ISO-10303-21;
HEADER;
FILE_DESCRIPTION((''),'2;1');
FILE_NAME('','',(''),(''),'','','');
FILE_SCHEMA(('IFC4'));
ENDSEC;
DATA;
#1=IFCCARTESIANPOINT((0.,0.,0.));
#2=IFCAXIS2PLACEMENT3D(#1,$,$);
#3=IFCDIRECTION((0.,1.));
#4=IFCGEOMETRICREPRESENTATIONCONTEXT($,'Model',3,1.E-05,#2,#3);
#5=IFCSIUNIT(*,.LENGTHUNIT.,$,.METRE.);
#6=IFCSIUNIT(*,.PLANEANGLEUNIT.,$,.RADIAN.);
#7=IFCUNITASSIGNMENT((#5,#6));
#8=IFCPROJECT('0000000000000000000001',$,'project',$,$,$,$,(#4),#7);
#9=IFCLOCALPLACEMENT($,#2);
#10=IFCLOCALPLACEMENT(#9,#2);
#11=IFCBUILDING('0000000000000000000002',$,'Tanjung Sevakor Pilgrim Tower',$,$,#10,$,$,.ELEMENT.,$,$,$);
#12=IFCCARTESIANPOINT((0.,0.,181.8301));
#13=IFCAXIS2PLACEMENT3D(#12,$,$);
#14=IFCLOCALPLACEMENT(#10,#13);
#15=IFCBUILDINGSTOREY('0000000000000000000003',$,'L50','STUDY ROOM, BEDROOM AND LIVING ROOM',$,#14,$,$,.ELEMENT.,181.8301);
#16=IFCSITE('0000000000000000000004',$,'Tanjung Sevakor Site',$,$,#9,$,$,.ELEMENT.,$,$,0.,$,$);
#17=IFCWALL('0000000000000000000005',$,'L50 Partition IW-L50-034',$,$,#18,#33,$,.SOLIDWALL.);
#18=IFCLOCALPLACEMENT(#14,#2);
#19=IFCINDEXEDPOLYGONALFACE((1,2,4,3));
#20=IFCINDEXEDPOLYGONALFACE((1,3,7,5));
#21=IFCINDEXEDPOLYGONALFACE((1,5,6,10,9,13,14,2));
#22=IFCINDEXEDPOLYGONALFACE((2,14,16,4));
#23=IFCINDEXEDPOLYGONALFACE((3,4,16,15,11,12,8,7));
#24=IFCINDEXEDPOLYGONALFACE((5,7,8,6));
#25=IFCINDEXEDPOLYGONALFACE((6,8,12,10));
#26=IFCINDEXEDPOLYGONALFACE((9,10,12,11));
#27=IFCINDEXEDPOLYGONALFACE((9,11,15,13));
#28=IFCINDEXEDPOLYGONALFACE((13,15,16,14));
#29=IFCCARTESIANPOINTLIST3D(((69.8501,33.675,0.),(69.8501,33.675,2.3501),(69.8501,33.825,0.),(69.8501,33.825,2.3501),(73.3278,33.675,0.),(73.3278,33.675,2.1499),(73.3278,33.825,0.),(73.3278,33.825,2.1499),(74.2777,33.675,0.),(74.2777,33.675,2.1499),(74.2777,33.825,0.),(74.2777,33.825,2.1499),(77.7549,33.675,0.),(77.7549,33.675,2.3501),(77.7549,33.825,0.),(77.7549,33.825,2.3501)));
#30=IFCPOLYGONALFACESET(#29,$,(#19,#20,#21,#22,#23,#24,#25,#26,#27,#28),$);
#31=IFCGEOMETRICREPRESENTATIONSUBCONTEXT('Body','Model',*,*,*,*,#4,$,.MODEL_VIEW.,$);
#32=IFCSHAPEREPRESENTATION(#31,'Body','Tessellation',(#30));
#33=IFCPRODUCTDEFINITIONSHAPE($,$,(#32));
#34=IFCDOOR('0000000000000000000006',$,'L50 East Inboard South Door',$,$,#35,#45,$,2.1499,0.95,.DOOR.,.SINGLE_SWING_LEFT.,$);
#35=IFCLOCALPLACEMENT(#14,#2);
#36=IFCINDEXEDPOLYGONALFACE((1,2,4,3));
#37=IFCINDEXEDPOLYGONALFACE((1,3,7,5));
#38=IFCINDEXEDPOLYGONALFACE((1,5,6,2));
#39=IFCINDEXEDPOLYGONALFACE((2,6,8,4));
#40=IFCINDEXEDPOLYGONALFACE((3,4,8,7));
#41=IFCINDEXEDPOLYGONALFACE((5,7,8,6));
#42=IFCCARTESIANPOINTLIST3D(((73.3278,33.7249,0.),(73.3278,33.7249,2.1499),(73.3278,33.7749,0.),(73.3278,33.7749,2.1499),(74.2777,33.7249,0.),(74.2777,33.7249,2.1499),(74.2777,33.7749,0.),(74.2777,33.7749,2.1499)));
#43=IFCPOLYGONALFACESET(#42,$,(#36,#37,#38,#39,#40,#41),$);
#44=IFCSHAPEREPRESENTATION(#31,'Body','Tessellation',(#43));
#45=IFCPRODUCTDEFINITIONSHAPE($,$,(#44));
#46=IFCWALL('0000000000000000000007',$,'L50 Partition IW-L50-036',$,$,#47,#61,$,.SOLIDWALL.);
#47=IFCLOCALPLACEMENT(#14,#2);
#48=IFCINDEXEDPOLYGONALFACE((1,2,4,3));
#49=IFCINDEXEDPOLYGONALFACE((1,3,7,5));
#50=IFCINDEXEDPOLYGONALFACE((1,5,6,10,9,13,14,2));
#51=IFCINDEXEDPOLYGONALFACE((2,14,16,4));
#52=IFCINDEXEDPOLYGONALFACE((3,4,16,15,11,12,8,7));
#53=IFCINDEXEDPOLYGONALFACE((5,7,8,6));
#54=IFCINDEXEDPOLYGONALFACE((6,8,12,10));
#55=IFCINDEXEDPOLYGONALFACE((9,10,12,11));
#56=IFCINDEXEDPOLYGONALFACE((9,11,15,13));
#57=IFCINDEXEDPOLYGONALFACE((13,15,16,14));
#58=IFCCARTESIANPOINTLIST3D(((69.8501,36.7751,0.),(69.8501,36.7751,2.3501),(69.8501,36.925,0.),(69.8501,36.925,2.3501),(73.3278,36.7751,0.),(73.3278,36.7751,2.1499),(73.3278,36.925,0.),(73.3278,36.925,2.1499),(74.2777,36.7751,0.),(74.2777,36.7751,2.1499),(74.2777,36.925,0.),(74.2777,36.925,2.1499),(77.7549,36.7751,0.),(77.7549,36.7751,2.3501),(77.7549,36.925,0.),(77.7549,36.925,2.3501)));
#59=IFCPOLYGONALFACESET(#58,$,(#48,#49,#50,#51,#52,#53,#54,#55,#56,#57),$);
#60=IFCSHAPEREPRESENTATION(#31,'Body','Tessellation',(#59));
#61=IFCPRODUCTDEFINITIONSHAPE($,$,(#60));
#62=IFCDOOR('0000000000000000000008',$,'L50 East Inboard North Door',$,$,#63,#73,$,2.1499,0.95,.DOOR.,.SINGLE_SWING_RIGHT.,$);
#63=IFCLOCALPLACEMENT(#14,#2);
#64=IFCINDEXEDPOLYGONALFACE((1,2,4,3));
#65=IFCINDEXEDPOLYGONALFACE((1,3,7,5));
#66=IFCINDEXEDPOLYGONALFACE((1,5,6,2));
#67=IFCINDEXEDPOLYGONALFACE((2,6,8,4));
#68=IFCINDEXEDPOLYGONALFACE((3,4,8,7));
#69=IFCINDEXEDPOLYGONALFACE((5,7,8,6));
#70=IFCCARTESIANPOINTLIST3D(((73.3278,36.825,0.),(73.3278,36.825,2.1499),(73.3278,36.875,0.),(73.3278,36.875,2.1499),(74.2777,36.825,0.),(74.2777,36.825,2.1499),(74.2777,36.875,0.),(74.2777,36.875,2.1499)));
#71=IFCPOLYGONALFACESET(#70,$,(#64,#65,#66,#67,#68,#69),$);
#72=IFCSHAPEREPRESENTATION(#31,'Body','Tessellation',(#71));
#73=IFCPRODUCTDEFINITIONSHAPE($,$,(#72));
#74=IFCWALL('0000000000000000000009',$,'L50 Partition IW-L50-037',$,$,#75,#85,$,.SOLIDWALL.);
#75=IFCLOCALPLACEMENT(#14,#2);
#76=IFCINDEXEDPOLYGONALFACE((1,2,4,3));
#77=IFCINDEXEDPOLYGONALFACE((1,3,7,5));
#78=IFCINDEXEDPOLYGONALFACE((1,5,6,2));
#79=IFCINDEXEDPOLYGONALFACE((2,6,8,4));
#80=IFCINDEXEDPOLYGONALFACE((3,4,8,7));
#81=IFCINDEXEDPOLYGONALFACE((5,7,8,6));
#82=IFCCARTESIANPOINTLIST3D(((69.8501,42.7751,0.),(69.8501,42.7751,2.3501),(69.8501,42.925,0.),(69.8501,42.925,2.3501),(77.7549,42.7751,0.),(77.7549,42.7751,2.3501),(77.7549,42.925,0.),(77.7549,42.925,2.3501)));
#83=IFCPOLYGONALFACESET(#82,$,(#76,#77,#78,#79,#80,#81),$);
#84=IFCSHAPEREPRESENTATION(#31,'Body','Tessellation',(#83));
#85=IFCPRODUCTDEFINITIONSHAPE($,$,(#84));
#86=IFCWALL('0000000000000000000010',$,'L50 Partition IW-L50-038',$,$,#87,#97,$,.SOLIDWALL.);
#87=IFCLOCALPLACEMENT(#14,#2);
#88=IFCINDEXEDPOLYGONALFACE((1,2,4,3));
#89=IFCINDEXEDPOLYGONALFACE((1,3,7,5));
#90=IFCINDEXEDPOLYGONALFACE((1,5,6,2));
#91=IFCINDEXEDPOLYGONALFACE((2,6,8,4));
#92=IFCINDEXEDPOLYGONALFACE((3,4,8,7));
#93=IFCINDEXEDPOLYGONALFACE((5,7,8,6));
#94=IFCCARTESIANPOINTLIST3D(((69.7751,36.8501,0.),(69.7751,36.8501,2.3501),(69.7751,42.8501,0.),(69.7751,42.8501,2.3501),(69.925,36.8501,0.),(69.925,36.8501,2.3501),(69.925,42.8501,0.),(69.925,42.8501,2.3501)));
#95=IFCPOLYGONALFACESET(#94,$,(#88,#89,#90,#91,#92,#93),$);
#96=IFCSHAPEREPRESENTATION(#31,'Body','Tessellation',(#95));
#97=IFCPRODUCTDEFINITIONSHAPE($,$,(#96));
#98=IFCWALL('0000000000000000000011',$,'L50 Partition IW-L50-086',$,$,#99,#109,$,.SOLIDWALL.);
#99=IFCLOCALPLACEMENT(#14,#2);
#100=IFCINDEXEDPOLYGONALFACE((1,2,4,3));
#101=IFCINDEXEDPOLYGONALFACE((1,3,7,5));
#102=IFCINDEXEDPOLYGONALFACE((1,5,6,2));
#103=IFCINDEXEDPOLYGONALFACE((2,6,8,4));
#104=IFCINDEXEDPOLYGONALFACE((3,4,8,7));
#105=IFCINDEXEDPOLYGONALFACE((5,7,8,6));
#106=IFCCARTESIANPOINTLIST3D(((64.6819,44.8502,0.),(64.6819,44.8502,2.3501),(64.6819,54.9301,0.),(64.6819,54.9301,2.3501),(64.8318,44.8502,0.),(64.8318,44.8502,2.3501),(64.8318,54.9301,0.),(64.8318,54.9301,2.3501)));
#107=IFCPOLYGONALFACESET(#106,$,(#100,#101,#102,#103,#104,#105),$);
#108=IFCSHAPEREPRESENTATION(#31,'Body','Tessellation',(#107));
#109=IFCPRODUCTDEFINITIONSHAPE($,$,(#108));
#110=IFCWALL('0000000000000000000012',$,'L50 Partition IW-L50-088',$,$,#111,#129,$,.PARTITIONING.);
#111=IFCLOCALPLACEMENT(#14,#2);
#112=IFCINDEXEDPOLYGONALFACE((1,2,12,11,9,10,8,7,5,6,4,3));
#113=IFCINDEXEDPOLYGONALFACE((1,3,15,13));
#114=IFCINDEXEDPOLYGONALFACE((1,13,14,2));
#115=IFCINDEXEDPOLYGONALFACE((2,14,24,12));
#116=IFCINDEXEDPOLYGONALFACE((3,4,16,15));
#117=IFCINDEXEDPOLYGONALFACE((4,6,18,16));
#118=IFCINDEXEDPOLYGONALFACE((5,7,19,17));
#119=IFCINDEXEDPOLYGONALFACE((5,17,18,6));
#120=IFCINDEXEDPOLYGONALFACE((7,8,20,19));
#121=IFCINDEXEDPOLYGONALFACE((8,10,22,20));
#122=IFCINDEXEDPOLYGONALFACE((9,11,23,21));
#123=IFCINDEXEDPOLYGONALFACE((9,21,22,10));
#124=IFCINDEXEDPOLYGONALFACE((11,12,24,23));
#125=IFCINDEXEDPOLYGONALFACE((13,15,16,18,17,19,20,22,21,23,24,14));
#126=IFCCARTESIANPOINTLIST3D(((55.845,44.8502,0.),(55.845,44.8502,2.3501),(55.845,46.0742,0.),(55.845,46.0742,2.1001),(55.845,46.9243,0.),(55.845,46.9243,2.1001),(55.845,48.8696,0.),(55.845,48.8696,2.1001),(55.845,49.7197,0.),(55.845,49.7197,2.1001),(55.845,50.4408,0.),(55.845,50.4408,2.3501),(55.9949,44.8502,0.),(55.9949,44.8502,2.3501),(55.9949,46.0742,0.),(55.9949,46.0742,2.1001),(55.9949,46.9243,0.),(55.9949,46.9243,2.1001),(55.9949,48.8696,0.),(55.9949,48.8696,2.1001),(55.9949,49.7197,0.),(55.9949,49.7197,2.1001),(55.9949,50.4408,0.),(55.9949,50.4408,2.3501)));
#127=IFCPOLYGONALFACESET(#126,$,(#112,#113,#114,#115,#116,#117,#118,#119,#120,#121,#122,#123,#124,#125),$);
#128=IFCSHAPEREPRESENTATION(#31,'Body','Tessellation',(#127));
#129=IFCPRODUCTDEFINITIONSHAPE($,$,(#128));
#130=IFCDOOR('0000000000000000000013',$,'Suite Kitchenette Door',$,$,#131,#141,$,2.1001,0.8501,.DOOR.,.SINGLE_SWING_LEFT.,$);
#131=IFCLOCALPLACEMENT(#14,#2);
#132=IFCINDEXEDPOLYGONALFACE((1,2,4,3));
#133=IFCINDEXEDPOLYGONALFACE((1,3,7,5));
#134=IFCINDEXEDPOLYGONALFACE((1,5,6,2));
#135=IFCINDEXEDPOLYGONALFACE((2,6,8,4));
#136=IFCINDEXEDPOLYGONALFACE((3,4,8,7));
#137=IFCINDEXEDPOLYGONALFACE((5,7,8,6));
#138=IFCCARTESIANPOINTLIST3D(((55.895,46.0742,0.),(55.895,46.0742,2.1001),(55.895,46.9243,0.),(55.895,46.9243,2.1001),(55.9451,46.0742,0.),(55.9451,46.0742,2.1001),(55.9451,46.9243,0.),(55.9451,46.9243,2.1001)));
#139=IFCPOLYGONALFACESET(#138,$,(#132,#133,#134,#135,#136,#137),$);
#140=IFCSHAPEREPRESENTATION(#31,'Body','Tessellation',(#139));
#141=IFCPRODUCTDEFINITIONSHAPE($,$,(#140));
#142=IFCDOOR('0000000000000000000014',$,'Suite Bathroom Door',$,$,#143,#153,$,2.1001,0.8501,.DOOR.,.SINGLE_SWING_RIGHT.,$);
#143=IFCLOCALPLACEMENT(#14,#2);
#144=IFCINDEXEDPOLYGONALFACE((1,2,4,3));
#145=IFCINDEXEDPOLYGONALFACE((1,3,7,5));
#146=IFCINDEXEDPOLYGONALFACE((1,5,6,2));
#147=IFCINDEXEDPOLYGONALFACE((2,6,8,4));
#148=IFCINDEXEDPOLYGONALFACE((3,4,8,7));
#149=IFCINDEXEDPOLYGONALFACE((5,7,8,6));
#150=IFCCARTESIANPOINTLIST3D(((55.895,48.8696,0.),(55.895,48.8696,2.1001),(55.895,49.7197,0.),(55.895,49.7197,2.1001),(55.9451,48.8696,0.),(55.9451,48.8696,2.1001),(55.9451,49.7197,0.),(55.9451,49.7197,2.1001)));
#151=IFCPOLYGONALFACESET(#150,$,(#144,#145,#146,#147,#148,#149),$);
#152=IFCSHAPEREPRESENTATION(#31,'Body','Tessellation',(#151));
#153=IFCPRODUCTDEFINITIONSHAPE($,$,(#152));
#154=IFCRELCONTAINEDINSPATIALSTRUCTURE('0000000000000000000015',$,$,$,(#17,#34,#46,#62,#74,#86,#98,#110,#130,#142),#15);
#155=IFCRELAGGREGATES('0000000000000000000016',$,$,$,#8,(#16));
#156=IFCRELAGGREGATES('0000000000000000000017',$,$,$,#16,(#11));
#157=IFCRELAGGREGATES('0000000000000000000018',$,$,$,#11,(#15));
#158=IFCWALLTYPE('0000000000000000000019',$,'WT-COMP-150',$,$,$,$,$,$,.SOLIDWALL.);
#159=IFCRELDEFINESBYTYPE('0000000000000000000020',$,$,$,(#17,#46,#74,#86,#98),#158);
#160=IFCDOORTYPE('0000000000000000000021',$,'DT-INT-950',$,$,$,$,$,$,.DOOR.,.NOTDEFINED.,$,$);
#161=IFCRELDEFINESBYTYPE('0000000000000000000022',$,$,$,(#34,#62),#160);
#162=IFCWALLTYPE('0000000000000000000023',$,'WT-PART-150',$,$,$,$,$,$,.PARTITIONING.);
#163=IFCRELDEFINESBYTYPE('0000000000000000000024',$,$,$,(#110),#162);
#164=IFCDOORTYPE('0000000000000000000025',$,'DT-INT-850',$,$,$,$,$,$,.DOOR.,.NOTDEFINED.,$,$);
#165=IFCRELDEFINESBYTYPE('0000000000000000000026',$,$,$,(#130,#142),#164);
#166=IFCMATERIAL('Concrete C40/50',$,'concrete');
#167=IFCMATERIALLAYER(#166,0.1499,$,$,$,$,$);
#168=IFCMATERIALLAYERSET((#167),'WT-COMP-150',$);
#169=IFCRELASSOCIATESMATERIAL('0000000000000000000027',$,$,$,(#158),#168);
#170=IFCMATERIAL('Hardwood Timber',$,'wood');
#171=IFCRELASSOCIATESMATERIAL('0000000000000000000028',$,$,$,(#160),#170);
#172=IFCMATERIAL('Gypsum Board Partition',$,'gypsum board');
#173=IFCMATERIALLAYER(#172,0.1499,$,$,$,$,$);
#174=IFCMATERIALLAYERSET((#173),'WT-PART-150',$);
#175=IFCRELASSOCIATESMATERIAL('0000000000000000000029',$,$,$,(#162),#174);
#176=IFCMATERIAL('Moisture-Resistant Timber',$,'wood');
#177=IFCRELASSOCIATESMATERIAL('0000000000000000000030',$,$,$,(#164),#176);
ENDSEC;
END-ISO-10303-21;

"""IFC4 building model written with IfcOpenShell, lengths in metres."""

from ifc_helpers import new_model, si_unit, direction, frame, frame_2d, origin, place, context, subcontext, project, spatial, rectangle, extrude, material, layer, layer_set, type_object, element, fill, save


model = new_model("IFC4")

# Units and contexts
model_context = context("Model", 3, precision=1e-05, world=origin(), true_north=direction((0.0, 1.0)))
body_context = subcontext(model_context, "Body", "Model", "MODEL_VIEW")
ifc_project = project(units=[si_unit("LENGTHUNIT", "METRE"), si_unit("PLANEANGLEUNIT", "RADIAN")], contexts=[model_context])

# Site, building, storey
site_placement = place(None, origin())
site = spatial("IfcSite", under=ifc_project, at=site_placement, Name="Tanjung Sevakor Site", CompositionType="ELEMENT", RefElevation=0.0)
building_placement = place(site_placement, origin())
building = spatial("IfcBuilding", under=site, at=building_placement, Name="Tanjung Sevakor Pilgrim Tower", CompositionType="ELEMENT")
storey_placement = place(building_placement, frame((0.0, 0.0, 181.8301)))
storey = spatial("IfcBuildingStorey", under=building, at=storey_placement, Name="L50", Description="STUDY ROOM, BEDROOM AND LIVING ROOM", CompositionType="ELEMENT", Elevation=181.8301)

# Walls, openings, doors
ifc_material_1 = material(Name="Concrete C40/50", Category="concrete")
ifc_layer_1 = layer(ifc_material_1, 0.1499)
ifc_layer_set_1 = layer_set([ifc_layer_1], Name="WT-COMP-150")
wall_type_1 = type_object("IfcWallType", Name="WT-COMP-150", PredefinedType="SOLIDWALL", material=ifc_layer_set_1)
wall_1_placement = place(storey_placement, frame((69.8501, 33.75, 0.0), z_axis=(0.0, 0.0, 1.0), x_axis=(1.0, 0.0, 0.0)))
wall_1 = element("IfcWall", 1, at=wall_1_placement, inside=storey, type_object=wall_type_1, Name="L50 Partition IW-L50-034", PredefinedType="SOLIDWALL", context=body_context, shape_type="SweptSolid", body=[
    extrude(rectangle(XDim=7.9048, YDim=0.1499, at=frame_2d((3.9524, 0.0))), origin(), (0.0, 0.0, 1.0), 2.3501),
])
opening_1_placement = place(wall_1_placement, frame((3.4775, 0.0, 0.0)))
opening_1 = element("IfcOpeningElement", 2, at=opening_1_placement, cuts=wall_1, PredefinedType="OPENING", context=body_context, shape_type="SweptSolid", body=[
    extrude(rectangle(XDim=0.95, YDim=2.1499, at=frame_2d((0.4751, 1.075))), frame((0.0, 0.085, 0.0), z_axis=(0.0, -1.0, 0.0), x_axis=(1.0, 0.0, 0.0)), (0.0, 0.0, 1.0), 0.1699),
])
ifc_material_2 = material(Name="Hardwood Timber", Category="wood")
door_type_1 = type_object("IfcDoorType", Name="DT-INT-950", OperationType="NOTDEFINED", PredefinedType="DOOR", material=ifc_material_2)
door_1_placement = place(opening_1_placement, origin())
door_1 = element("IfcDoor", 3, at=door_1_placement, inside=storey, type_object=door_type_1, Name="L50 East Inboard South Door", OperationType="SINGLE_SWING_LEFT", OverallHeight=2.1499, OverallWidth=0.95, PredefinedType="DOOR", context=body_context, shape_type="SweptSolid", body=[
    extrude(rectangle(XDim=0.95, YDim=2.1499, at=frame_2d((0.4751, 1.075))), frame((0.0, 0.0249, 0.0), z_axis=(0.0, -1.0, 0.0), x_axis=(1.0, 0.0, 0.0)), (0.0, 0.0, 1.0), 0.05),
])
fill(opening_1, door_1)
wall_2_placement = place(storey_placement, frame((69.8501, 36.8501, 0.0), z_axis=(0.0, 0.0, 1.0), x_axis=(1.0, 0.0, 0.0)))
wall_2 = element("IfcWall", 4, at=wall_2_placement, inside=storey, type_object=wall_type_1, Name="L50 Partition IW-L50-036", PredefinedType="SOLIDWALL", context=body_context, shape_type="SweptSolid", body=[
    extrude(rectangle(XDim=7.9048, YDim=0.1499, at=frame_2d((3.9524, 0.0))), origin(), (0.0, 0.0, 1.0), 2.3501),
])
opening_2_placement = place(wall_2_placement, frame((3.4775, 0.0, 0.0)))
opening_2 = element("IfcOpeningElement", 5, at=opening_2_placement, cuts=wall_2, PredefinedType="OPENING", context=body_context, shape_type="SweptSolid", body=[
    extrude(rectangle(XDim=0.95, YDim=2.1499, at=frame_2d((0.4751, 1.075))), frame((0.0, 0.085, 0.0), z_axis=(0.0, -1.0, 0.0), x_axis=(1.0, 0.0, 0.0)), (0.0, 0.0, 1.0), 0.1699),
])
door_2_placement = place(opening_2_placement, origin())
door_2 = element("IfcDoor", 6, at=door_2_placement, inside=storey, type_object=door_type_1, Name="L50 East Inboard North Door", OperationType="SINGLE_SWING_RIGHT", OverallHeight=2.1499, OverallWidth=0.95, PredefinedType="DOOR", context=body_context, shape_type="SweptSolid", body=[
    extrude(rectangle(XDim=0.95, YDim=2.1499, at=frame_2d((0.4751, 1.075))), frame((0.0, 0.0249, 0.0), z_axis=(0.0, -1.0, 0.0), x_axis=(1.0, 0.0, 0.0)), (0.0, 0.0, 1.0), 0.05),
])
fill(opening_2, door_2)

# Walls
wall_3_placement = place(storey_placement, frame((69.8501, 42.8501, 0.0), z_axis=(0.0, 0.0, 1.0), x_axis=(1.0, 0.0, 0.0)))
element("IfcWall", 7, at=wall_3_placement, inside=storey, type_object=wall_type_1, Name="L50 Partition IW-L50-037", PredefinedType="SOLIDWALL", context=body_context, shape_type="SweptSolid", body=[
    extrude(rectangle(XDim=7.9048, YDim=0.1499, at=frame_2d((3.9524, 0.0))), origin(), (0.0, 0.0, 1.0), 2.3501),
])
wall_4_placement = place(storey_placement, frame((69.8501, 36.8501, 0.0), z_axis=(0.0, 0.0, 1.0), x_axis=(0.0, 1.0, 0.0)))
element("IfcWall", 8, at=wall_4_placement, inside=storey, type_object=wall_type_1, Name="L50 Partition IW-L50-038", PredefinedType="SOLIDWALL", context=body_context, shape_type="SweptSolid", body=[
    extrude(rectangle(XDim=6.0, YDim=0.1499, at=frame_2d((3.0, 0.0))), origin(), (0.0, 0.0, 1.0), 2.3501),
])
wall_5_placement = place(storey_placement, frame((64.7568, 44.8501, 0.0), z_axis=(0.0, 0.0, 1.0), x_axis=(0.0, 1.0, 0.0)))
element("IfcWall", 9, at=wall_5_placement, inside=storey, type_object=wall_type_1, Name="L50 Partition IW-L50-086", PredefinedType="SOLIDWALL", context=body_context, shape_type="SweptSolid", body=[
    extrude(rectangle(XDim=10.0798, YDim=0.1499, at=frame_2d((5.04, 0.0))), origin(), (0.0, 0.0, 1.0), 2.3501),
])

# Wall, openings, doors
ifc_material_3 = material(Name="Gypsum Board Partition", Category="gypsum board")
ifc_layer_2 = layer(ifc_material_3, 0.1499)
ifc_layer_set_2 = layer_set([ifc_layer_2], Name="WT-PART-150")
wall_type_2 = type_object("IfcWallType", Name="WT-PART-150", PredefinedType="PARTITIONING", material=ifc_layer_set_2)
wall_6_placement = place(storey_placement, frame((55.9199, 44.8501, 0.0), z_axis=(0.0, 0.0, 1.0), x_axis=(0.0, 1.0, 0.0)))
wall_6 = element("IfcWall", 10, at=wall_6_placement, inside=storey, type_object=wall_type_2, Name="L50 Partition IW-L50-088", PredefinedType="PARTITIONING", context=body_context, shape_type="SweptSolid", body=[
    extrude(rectangle(XDim=5.5906, YDim=0.1499, at=frame_2d((2.7954, 0.0))), origin(), (0.0, 0.0, 1.0), 2.3501),
])
opening_3_placement = place(wall_6_placement, frame((1.2241, 0.0, 0.0)))
opening_3 = element("IfcOpeningElement", 11, at=opening_3_placement, cuts=wall_6, PredefinedType="OPENING", context=body_context, shape_type="SweptSolid", body=[
    extrude(rectangle(XDim=0.8501, YDim=2.1001, at=frame_2d((0.425, 1.05))), frame((0.0, 0.085, 0.0), z_axis=(0.0, -1.0, 0.0), x_axis=(1.0, 0.0, 0.0)), (0.0, 0.0, 1.0), 0.1699),
])
opening_4_placement = place(wall_6_placement, frame((4.0195, 0.0, 0.0)))
opening_4 = element("IfcOpeningElement", 12, at=opening_4_placement, cuts=wall_6, PredefinedType="OPENING", context=body_context, shape_type="SweptSolid", body=[
    extrude(rectangle(XDim=0.8501, YDim=2.1001, at=frame_2d((0.425, 1.05))), frame((0.0, 0.085, 0.0), z_axis=(0.0, -1.0, 0.0), x_axis=(1.0, 0.0, 0.0)), (0.0, 0.0, 1.0), 0.1699),
])
ifc_material_4 = material(Name="Moisture-Resistant Timber", Category="wood")
door_type_2 = type_object("IfcDoorType", Name="DT-INT-850", OperationType="NOTDEFINED", PredefinedType="DOOR", material=ifc_material_4)
door_3_placement = place(opening_3_placement, origin())
door_3 = element("IfcDoor", 13, at=door_3_placement, inside=storey, type_object=door_type_2, Name="Suite Kitchenette Door", OperationType="SINGLE_SWING_LEFT", OverallHeight=2.1001, OverallWidth=0.8501, PredefinedType="DOOR", context=body_context, shape_type="SweptSolid", body=[
    extrude(rectangle(XDim=0.8501, YDim=2.1001, at=frame_2d((0.425, 1.05))), frame((0.0, 0.0249, 0.0), z_axis=(0.0, -1.0, 0.0), x_axis=(1.0, 0.0, 0.0)), (0.0, 0.0, 1.0), 0.05),
])
fill(opening_3, door_3)
door_4_placement = place(opening_4_placement, origin())
door_4 = element("IfcDoor", 14, at=door_4_placement, inside=storey, type_object=door_type_2, Name="Suite Bathroom Door", OperationType="SINGLE_SWING_RIGHT", OverallHeight=2.1001, OverallWidth=0.8501, PredefinedType="DOOR", context=body_context, shape_type="SweptSolid", body=[
    extrude(rectangle(XDim=0.8501, YDim=2.1001, at=frame_2d((0.425, 1.05))), frame((0.0, 0.0249, 0.0), z_axis=(0.0, -1.0, 0.0), x_axis=(1.0, 0.0, 0.0)), (0.0, 0.0, 1.0), 0.05),
])
fill(opening_4, door_4)

save(model, "model.ifc")
